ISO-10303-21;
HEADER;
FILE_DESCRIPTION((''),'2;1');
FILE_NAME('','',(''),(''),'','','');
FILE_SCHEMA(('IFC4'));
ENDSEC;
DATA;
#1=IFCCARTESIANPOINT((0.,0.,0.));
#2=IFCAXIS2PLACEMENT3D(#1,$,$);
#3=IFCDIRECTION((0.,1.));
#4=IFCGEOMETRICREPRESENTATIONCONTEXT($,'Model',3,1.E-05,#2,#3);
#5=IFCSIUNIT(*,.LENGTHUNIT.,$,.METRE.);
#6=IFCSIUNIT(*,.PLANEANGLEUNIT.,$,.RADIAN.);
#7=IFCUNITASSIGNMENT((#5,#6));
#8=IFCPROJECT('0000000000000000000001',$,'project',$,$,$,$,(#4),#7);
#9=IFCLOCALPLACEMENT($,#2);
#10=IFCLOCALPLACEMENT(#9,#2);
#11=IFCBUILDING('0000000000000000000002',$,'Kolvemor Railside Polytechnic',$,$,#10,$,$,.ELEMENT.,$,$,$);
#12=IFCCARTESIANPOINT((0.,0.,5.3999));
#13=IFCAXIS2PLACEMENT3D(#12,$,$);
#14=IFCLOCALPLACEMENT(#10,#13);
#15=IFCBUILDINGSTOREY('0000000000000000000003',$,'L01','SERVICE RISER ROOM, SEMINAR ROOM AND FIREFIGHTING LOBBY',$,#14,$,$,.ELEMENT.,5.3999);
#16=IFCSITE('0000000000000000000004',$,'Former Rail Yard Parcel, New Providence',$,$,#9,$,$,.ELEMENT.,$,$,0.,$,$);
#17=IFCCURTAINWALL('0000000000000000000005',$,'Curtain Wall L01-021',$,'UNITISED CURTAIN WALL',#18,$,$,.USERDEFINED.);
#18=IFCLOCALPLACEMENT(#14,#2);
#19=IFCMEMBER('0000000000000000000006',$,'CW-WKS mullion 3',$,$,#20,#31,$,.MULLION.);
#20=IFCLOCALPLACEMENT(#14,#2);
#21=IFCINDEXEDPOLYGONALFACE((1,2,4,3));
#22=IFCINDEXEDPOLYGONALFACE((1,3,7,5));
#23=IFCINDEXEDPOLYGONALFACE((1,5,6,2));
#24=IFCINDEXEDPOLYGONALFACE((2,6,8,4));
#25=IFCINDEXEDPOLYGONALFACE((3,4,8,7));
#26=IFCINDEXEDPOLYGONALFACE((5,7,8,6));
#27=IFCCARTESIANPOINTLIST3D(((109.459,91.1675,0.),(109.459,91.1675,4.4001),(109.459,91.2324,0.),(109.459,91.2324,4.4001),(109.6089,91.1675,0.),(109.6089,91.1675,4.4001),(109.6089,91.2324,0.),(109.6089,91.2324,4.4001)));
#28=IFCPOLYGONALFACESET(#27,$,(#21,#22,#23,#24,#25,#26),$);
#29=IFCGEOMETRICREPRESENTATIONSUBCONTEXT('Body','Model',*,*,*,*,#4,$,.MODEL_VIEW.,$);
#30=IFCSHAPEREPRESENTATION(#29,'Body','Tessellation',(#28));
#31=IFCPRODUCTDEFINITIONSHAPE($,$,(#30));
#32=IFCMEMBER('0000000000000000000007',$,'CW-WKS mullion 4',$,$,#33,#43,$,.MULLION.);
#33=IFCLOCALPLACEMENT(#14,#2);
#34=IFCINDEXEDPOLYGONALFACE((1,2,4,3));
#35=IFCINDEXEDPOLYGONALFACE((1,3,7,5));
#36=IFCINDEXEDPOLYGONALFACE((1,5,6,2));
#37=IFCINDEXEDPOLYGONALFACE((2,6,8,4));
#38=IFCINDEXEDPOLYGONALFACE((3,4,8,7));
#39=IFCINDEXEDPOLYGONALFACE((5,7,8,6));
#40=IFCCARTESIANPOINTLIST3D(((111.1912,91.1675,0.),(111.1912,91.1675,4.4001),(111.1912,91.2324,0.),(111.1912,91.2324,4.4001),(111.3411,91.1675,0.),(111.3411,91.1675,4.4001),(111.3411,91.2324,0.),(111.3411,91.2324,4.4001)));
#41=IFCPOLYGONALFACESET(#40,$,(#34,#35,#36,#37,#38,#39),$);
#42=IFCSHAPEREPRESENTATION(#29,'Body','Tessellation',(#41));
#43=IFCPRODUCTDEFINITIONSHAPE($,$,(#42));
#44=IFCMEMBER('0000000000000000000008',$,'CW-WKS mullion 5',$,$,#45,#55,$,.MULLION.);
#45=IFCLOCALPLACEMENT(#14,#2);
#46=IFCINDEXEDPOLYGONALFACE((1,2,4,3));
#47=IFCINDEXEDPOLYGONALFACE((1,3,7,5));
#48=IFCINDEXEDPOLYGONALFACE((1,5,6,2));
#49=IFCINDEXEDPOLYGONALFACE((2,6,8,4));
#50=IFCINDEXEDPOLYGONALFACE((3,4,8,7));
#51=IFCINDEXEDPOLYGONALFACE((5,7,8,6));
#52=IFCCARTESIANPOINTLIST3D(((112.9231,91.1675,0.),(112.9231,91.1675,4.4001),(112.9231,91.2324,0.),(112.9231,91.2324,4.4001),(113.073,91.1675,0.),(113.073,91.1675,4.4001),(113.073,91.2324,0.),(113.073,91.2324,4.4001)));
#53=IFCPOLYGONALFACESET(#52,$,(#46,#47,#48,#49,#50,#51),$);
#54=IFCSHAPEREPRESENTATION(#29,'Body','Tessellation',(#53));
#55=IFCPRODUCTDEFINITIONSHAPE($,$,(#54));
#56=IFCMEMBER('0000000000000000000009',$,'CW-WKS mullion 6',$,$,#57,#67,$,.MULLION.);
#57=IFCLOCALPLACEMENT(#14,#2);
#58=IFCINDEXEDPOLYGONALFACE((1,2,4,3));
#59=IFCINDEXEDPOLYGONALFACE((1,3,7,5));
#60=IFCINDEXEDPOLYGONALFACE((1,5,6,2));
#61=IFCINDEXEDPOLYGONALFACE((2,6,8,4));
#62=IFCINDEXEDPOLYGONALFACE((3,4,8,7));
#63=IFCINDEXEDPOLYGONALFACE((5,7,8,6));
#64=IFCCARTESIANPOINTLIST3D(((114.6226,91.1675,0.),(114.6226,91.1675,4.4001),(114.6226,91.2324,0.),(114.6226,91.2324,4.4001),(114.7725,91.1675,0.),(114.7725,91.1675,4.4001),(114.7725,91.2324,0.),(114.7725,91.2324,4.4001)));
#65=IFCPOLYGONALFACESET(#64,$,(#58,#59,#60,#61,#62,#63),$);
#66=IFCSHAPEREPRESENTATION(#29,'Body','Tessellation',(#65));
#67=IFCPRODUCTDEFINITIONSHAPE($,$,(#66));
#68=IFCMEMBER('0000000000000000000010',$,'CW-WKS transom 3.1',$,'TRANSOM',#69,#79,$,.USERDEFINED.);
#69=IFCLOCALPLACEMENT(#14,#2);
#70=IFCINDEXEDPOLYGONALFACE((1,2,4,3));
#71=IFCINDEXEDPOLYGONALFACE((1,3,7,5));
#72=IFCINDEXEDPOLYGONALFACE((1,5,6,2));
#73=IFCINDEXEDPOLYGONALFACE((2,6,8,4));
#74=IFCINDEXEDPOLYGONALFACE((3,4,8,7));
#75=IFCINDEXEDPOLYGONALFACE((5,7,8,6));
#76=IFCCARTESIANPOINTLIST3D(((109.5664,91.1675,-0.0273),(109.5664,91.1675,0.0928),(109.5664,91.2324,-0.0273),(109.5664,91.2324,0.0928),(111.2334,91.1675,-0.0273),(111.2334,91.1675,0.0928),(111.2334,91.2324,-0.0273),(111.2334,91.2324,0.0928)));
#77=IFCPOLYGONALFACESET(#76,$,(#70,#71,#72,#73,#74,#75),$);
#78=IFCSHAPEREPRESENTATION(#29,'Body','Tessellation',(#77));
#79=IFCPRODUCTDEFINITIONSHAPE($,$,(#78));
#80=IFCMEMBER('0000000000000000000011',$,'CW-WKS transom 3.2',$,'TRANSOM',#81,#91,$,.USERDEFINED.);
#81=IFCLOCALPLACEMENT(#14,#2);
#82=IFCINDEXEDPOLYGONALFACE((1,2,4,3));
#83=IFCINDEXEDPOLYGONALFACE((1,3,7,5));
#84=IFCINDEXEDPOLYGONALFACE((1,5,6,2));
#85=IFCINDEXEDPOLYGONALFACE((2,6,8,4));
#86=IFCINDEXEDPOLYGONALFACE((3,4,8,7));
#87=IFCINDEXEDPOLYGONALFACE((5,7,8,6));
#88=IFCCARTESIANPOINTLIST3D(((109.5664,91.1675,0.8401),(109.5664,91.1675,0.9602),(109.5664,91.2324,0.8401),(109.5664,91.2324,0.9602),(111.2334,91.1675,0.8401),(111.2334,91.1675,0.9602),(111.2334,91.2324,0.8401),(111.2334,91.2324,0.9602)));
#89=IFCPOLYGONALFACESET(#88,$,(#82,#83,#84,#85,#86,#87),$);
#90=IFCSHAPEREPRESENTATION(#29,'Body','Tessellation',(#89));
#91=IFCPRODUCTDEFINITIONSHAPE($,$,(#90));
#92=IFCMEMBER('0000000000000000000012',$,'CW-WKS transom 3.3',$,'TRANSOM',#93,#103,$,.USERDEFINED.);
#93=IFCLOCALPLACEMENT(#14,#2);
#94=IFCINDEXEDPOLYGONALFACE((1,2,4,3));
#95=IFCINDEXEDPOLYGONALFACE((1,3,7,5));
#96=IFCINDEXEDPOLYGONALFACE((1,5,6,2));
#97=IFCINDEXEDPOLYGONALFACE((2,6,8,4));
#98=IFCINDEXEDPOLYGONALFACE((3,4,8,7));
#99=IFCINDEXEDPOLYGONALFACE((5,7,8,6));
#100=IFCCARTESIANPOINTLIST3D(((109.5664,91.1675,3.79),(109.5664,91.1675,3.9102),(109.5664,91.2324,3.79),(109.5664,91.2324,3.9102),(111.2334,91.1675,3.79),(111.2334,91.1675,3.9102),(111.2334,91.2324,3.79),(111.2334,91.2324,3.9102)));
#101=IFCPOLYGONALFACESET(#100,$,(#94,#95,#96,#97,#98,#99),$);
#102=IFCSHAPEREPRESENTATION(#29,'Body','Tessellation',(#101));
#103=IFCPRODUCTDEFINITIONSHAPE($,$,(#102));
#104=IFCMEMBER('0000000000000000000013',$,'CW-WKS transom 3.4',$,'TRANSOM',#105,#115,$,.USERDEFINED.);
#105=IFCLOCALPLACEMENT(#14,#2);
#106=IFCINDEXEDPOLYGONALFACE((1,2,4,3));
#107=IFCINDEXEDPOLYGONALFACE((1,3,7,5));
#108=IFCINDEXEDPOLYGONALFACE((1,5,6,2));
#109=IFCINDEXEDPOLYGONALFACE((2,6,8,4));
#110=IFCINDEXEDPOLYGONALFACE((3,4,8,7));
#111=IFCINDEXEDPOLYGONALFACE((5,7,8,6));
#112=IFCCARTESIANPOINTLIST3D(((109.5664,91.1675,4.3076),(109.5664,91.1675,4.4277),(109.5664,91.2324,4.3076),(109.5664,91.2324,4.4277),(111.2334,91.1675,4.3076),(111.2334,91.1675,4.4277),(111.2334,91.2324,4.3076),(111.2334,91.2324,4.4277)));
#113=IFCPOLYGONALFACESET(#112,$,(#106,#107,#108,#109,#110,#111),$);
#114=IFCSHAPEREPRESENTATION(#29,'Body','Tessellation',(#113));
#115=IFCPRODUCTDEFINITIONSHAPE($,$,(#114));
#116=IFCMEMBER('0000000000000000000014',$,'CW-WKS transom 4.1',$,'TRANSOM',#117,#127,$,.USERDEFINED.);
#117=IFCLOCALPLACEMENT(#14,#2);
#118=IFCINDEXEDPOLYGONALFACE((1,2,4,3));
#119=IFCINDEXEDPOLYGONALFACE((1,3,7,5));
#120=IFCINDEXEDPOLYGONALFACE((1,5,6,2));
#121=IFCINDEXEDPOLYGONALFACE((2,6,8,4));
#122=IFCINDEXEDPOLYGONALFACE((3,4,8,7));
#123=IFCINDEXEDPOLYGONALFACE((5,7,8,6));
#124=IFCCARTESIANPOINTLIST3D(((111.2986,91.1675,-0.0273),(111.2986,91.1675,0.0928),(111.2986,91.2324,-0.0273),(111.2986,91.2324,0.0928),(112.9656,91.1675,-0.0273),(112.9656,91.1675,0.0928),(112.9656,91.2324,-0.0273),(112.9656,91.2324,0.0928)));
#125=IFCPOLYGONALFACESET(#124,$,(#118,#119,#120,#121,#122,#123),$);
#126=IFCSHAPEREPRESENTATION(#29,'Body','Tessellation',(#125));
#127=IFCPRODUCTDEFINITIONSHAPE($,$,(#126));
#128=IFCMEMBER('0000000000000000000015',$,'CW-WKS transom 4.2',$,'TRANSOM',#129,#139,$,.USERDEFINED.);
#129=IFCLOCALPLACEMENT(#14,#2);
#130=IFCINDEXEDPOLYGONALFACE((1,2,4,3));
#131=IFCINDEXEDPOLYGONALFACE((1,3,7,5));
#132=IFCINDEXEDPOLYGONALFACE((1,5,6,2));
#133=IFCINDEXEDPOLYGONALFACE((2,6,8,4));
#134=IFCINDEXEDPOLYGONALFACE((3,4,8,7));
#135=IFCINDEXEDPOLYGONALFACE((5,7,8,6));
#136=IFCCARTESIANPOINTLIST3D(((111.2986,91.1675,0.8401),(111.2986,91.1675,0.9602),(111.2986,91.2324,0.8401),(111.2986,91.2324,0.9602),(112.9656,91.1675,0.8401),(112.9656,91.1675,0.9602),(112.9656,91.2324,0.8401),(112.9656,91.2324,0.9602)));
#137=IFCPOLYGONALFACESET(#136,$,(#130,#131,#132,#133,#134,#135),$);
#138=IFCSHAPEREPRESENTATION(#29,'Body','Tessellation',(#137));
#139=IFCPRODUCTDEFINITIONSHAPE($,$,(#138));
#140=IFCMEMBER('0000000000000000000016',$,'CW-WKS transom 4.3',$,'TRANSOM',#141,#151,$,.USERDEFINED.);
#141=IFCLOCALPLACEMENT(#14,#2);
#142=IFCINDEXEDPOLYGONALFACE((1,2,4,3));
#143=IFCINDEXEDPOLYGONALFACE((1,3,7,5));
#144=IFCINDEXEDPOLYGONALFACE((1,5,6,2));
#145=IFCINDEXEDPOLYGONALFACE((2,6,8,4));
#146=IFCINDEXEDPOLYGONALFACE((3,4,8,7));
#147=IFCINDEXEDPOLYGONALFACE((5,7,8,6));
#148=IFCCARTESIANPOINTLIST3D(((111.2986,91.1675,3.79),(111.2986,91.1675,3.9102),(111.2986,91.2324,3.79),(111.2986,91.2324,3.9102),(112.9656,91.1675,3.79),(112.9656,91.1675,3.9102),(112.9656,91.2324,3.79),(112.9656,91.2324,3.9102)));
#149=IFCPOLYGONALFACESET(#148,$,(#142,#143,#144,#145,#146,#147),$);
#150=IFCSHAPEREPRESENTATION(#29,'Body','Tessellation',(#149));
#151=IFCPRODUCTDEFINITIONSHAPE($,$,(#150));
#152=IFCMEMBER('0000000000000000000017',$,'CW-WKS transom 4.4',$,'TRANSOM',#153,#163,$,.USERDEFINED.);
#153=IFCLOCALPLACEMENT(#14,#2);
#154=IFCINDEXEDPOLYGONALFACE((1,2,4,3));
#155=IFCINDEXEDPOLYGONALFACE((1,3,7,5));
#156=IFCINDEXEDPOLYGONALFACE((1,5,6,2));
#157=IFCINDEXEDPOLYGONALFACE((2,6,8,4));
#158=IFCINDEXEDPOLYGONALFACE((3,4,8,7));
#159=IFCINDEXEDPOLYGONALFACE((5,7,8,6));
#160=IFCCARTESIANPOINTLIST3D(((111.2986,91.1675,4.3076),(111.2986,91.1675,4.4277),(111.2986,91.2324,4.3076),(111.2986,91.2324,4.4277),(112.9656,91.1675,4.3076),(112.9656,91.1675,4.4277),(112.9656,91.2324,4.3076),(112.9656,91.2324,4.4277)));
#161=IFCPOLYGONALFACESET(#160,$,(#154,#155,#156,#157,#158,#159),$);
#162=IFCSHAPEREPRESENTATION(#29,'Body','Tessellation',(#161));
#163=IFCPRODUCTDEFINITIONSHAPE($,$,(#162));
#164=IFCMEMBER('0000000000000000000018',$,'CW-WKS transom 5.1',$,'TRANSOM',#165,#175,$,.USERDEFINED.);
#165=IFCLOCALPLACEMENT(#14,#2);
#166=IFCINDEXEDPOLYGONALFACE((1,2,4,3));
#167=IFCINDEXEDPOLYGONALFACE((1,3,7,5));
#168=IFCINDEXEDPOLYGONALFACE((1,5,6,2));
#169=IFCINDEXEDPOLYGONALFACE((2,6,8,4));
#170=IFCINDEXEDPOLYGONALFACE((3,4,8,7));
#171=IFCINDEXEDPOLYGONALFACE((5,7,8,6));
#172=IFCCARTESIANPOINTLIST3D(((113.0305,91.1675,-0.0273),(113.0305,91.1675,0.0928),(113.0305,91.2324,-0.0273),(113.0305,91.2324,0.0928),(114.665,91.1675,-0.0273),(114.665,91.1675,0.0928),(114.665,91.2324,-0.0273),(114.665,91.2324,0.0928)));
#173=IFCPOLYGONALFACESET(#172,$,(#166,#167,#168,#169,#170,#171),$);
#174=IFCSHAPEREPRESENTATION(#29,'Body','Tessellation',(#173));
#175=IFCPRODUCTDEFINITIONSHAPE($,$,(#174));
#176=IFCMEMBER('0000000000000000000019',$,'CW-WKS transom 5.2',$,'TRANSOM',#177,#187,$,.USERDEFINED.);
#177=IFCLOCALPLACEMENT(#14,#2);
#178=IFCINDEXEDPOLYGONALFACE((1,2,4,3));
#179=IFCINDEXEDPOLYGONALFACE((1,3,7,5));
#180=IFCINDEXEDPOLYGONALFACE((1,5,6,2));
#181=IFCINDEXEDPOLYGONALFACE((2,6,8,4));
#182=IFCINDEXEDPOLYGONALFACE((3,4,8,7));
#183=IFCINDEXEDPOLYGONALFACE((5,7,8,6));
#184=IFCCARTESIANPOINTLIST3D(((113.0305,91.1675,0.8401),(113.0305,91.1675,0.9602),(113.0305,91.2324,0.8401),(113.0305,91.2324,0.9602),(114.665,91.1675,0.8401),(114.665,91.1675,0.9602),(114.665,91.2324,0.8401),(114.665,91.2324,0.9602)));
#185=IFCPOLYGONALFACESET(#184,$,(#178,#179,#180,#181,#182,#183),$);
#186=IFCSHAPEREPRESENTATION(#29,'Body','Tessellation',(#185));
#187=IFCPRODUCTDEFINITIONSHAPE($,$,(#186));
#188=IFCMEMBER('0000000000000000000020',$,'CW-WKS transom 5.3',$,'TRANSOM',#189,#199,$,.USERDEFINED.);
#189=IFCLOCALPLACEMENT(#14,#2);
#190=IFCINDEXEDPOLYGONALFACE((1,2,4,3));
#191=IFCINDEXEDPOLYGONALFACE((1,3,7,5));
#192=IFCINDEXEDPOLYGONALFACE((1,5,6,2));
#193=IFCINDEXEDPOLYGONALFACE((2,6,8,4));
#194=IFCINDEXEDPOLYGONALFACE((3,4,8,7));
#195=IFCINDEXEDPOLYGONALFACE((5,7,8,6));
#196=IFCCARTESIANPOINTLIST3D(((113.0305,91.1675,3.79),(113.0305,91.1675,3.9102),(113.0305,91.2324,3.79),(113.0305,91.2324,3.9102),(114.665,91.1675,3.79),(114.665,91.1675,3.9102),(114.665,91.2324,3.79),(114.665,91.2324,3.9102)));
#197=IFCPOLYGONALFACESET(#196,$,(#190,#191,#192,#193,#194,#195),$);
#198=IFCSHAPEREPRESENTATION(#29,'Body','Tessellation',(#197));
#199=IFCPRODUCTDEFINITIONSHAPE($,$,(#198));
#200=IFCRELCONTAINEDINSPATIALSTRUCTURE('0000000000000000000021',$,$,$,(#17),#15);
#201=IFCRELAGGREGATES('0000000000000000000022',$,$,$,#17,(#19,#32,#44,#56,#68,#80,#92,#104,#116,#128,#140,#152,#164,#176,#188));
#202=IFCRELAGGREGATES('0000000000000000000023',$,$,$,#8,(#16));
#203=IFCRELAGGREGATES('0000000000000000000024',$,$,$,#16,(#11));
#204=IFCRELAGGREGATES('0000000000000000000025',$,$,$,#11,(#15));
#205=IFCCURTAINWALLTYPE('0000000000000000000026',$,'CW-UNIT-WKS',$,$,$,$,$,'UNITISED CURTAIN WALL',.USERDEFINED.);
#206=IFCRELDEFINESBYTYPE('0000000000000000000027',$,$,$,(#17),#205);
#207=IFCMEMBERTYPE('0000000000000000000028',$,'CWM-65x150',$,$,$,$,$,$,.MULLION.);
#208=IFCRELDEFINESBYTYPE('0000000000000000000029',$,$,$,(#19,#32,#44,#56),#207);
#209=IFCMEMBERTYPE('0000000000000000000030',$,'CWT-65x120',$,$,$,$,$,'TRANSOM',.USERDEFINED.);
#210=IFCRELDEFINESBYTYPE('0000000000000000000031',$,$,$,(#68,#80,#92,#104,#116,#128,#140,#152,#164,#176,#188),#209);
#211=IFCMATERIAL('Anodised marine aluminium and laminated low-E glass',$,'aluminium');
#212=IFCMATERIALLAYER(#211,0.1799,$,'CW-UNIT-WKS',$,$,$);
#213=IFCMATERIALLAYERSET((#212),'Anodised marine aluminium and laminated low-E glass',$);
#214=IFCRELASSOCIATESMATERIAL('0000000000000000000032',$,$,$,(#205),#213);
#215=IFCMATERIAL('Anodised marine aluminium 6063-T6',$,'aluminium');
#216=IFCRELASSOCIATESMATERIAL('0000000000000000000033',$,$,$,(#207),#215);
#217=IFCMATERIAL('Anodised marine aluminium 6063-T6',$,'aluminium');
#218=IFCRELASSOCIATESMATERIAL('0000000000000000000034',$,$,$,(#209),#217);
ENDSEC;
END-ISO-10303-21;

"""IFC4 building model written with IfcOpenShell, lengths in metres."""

from ifc_helpers import new_model, si_unit, direction, frame, origin, origin_2d, place, context, subcontext, project, spatial, rectangle, extrude, material, layer, layer_set, material_profile, profile_set, type_object, element, aggregate, save


model = new_model("IFC4")

# Units and contexts
model_context = context("Model", 3, precision=1e-05, world=origin(), true_north=direction((0.0, 1.0)))
body_context = subcontext(model_context, "Body", "Model", "MODEL_VIEW")
ifc_project = project(units=[si_unit("LENGTHUNIT", "METRE"), si_unit("PLANEANGLEUNIT", "RADIAN")], contexts=[model_context])

# Site, building, storey
site_placement = place(None, origin())
site = spatial("IfcSite", under=ifc_project, at=site_placement, Name="Former Rail Yard Parcel, New Providence", CompositionType="ELEMENT", RefElevation=0.0)
building_placement = place(site_placement, origin())
building = spatial("IfcBuilding", under=site, at=building_placement, Name="Kolvemor Railside Polytechnic", CompositionType="ELEMENT")
storey_placement = place(building_placement, frame((0.0, 0.0, 5.3999)))
storey = spatial("IfcBuildingStorey", under=building, at=storey_placement, Name="L01", Description="SERVICE RISER ROOM, SEMINAR ROOM AND FIREFIGHTING LOBBY", CompositionType="ELEMENT", Elevation=5.3999)

# Curtain wall, members
ifc_material_1 = material(Name="Anodised marine aluminium and laminated low-E glass", Category="aluminium")
ifc_layer_1 = layer(ifc_material_1, 0.1799, Name="CW-UNIT-WKS")
ifc_layer_set_1 = layer_set([ifc_layer_1], Name="Anodised marine aluminium and laminated low-E glass")
curtain_wall_type = type_object("IfcCurtainWallType", Name="CW-UNIT-WKS", ElementType="UNITISED CURTAIN WALL", PredefinedType="USERDEFINED", material=ifc_layer_set_1)
curtain_wall_placement = place(storey_placement, origin())
curtain_wall = element("IfcCurtainWall", 1, at=curtain_wall_placement, inside=storey, type_object=curtain_wall_type, Name="Curtain Wall L01-021", ObjectType="UNITISED CURTAIN WALL", PredefinedType="USERDEFINED")
ifc_material_2 = material(Name="Anodised marine aluminium 6063-T6", Category="aluminium")
ifc_material_profile_1 = material_profile(ifc_material_2, rectangle(XDim=0.0649, YDim=0.1499, at=origin_2d()), Name="CW-MUL-65x150")
ifc_profile_set_1 = profile_set([ifc_material_profile_1], Name="Anodised marine aluminium 6063-T6")
member_type_1 = type_object("IfcMemberType", Name="CWM-65x150", PredefinedType="MULLION", material=ifc_profile_set_1)
member_1_placement = place(storey_placement, frame((109.5339, 91.2, 0.0), z_axis=(0.0, 0.0, 1.0), x_axis=(0.0, 1.0, 0.0)))
member_1 = element("IfcMember", 2, at=member_1_placement, type_object=member_type_1, Name="CW-WKS mullion 3", PredefinedType="MULLION", context=body_context, shape_type="SweptSolid", body=[
    extrude(rectangle(XDim=0.0649, YDim=0.1499, at=origin_2d()), origin(), (0.0, 0.0, 1.0), 4.4001),
])
member_2_placement = place(storey_placement, frame((111.2661, 91.2, 0.0), z_axis=(0.0, 0.0, 1.0), x_axis=(0.0, 1.0, 0.0)))
member_2 = element("IfcMember", 3, at=member_2_placement, type_object=member_type_1, Name="CW-WKS mullion 4", PredefinedType="MULLION", context=body_context, shape_type="SweptSolid", body=[
    extrude(rectangle(XDim=0.0649, YDim=0.1499, at=origin_2d()), origin(), (0.0, 0.0, 1.0), 4.4001),
])
member_3_placement = place(storey_placement, frame((112.998, 91.2, 0.0), z_axis=(0.0, 0.0, 1.0), x_axis=(0.0, 1.0, 0.0)))
member_3 = element("IfcMember", 4, at=member_3_placement, type_object=member_type_1, Name="CW-WKS mullion 5", PredefinedType="MULLION", context=body_context, shape_type="SweptSolid", body=[
    extrude(rectangle(XDim=0.0649, YDim=0.1499, at=origin_2d()), origin(), (0.0, 0.0, 1.0), 4.4001),
])
member_4_placement = place(storey_placement, frame((114.6975, 91.2, 0.0), z_axis=(0.0, 0.0, 1.0), x_axis=(0.0, 1.0, 0.0)))
member_4 = element("IfcMember", 5, at=member_4_placement, type_object=member_type_1, Name="CW-WKS mullion 6", PredefinedType="MULLION", context=body_context, shape_type="SweptSolid", body=[
    extrude(rectangle(XDim=0.0649, YDim=0.1499, at=origin_2d()), origin(), (0.0, 0.0, 1.0), 4.4001),
])
ifc_material_3 = material(Name="Anodised marine aluminium 6063-T6", Category="aluminium")
ifc_material_profile_2 = material_profile(ifc_material_3, rectangle(XDim=0.0649, YDim=0.1201, at=origin_2d()), Name="CW-TRN-65x120")
ifc_profile_set_2 = profile_set([ifc_material_profile_2], Name="Anodised marine aluminium 6063-T6")
member_type_2 = type_object("IfcMemberType", Name="CWT-65x120", ElementType="TRANSOM", PredefinedType="USERDEFINED", material=ifc_profile_set_2)
member_5_placement = place(storey_placement, frame((109.5664, 91.2, 0.0327), z_axis=(1.0, 0.0, 0.0), x_axis=(0.0, 1.0, 0.0)))
member_5 = element("IfcMember", 6, at=member_5_placement, type_object=member_type_2, Name="CW-WKS transom 3.1", ObjectType="TRANSOM", PredefinedType="USERDEFINED", context=body_context, shape_type="SweptSolid", body=[
    extrude(rectangle(XDim=0.0649, YDim=0.1201, at=origin_2d()), origin(), (0.0, 0.0, 1.0), 1.667),
])
member_6_placement = place(storey_placement, frame((109.5664, 91.2, 0.9001), z_axis=(1.0, 0.0, 0.0), x_axis=(0.0, 1.0, 0.0)))
member_6 = element("IfcMember", 7, at=member_6_placement, type_object=member_type_2, Name="CW-WKS transom 3.2", ObjectType="TRANSOM", PredefinedType="USERDEFINED", context=body_context, shape_type="SweptSolid", body=[
    extrude(rectangle(XDim=0.0649, YDim=0.1201, at=origin_2d()), origin(), (0.0, 0.0, 1.0), 1.667),
])
member_7_placement = place(storey_placement, frame((109.5664, 91.2, 3.8501), z_axis=(1.0, 0.0, 0.0), x_axis=(0.0, 1.0, 0.0)))
member_7 = element("IfcMember", 8, at=member_7_placement, type_object=member_type_2, Name="CW-WKS transom 3.3", ObjectType="TRANSOM", PredefinedType="USERDEFINED", context=body_context, shape_type="SweptSolid", body=[
    extrude(rectangle(XDim=0.0649, YDim=0.1201, at=origin_2d()), origin(), (0.0, 0.0, 1.0), 1.667),
])
member_8_placement = place(storey_placement, frame((109.5664, 91.2, 4.3677), z_axis=(1.0, 0.0, 0.0), x_axis=(0.0, 1.0, 0.0)))
member_8 = element("IfcMember", 9, at=member_8_placement, type_object=member_type_2, Name="CW-WKS transom 3.4", ObjectType="TRANSOM", PredefinedType="USERDEFINED", context=body_context, shape_type="SweptSolid", body=[
    extrude(rectangle(XDim=0.0649, YDim=0.1201, at=origin_2d()), origin(), (0.0, 0.0, 1.0), 1.667),
])
member_9_placement = place(storey_placement, frame((111.2986, 91.2, 0.0327), z_axis=(1.0, 0.0, 0.0), x_axis=(0.0, 1.0, 0.0)))
member_9 = element("IfcMember", 10, at=member_9_placement, type_object=member_type_2, Name="CW-WKS transom 4.1", ObjectType="TRANSOM", PredefinedType="USERDEFINED", context=body_context, shape_type="SweptSolid", body=[
    extrude(rectangle(XDim=0.0649, YDim=0.1201, at=origin_2d()), origin(), (0.0, 0.0, 1.0), 1.667),
])
member_10_placement = place(storey_placement, frame((111.2986, 91.2, 0.9001), z_axis=(1.0, 0.0, 0.0), x_axis=(0.0, 1.0, 0.0)))
member_10 = element("IfcMember", 11, at=member_10_placement, type_object=member_type_2, Name="CW-WKS transom 4.2", ObjectType="TRANSOM", PredefinedType="USERDEFINED", context=body_context, shape_type="SweptSolid", body=[
    extrude(rectangle(XDim=0.0649, YDim=0.1201, at=origin_2d()), origin(), (0.0, 0.0, 1.0), 1.667),
])
member_11_placement = place(storey_placement, frame((111.2986, 91.2, 3.8501), z_axis=(1.0, 0.0, 0.0), x_axis=(0.0, 1.0, 0.0)))
member_11 = element("IfcMember", 12, at=member_11_placement, type_object=member_type_2, Name="CW-WKS transom 4.3", ObjectType="TRANSOM", PredefinedType="USERDEFINED", context=body_context, shape_type="SweptSolid", body=[
    extrude(rectangle(XDim=0.0649, YDim=0.1201, at=origin_2d()), origin(), (0.0, 0.0, 1.0), 1.667),
])
member_12_placement = place(storey_placement, frame((111.2986, 91.2, 4.3677), z_axis=(1.0, 0.0, 0.0), x_axis=(0.0, 1.0, 0.0)))
member_12 = element("IfcMember", 13, at=member_12_placement, type_object=member_type_2, Name="CW-WKS transom 4.4", ObjectType="TRANSOM", PredefinedType="USERDEFINED", context=body_context, shape_type="SweptSolid", body=[
    extrude(rectangle(XDim=0.0649, YDim=0.1201, at=origin_2d()), origin(), (0.0, 0.0, 1.0), 1.667),
])
member_13_placement = place(storey_placement, frame((113.0305, 91.2, 0.0327), z_axis=(1.0, 0.0, 0.0), x_axis=(0.0, 1.0, 0.0)))
member_13 = element("IfcMember", 14, at=member_13_placement, type_object=member_type_2, Name="CW-WKS transom 5.1", ObjectType="TRANSOM", PredefinedType="USERDEFINED", context=body_context, shape_type="SweptSolid", body=[
    extrude(rectangle(XDim=0.0649, YDim=0.1201, at=origin_2d()), origin(), (0.0, 0.0, 1.0), 1.6345),
])
member_14_placement = place(storey_placement, frame((113.0305, 91.2, 0.9001), z_axis=(1.0, 0.0, 0.0), x_axis=(0.0, 1.0, 0.0)))
member_14 = element("IfcMember", 15, at=member_14_placement, type_object=member_type_2, Name="CW-WKS transom 5.2", ObjectType="TRANSOM", PredefinedType="USERDEFINED", context=body_context, shape_type="SweptSolid", body=[
    extrude(rectangle(XDim=0.0649, YDim=0.1201, at=origin_2d()), origin(), (0.0, 0.0, 1.0), 1.6345),
])
member_15_placement = place(storey_placement, frame((113.0305, 91.2, 3.8501), z_axis=(1.0, 0.0, 0.0), x_axis=(0.0, 1.0, 0.0)))
member_15 = element("IfcMember", 16, at=member_15_placement, type_object=member_type_2, Name="CW-WKS transom 5.3", ObjectType="TRANSOM", PredefinedType="USERDEFINED", context=body_context, shape_type="SweptSolid", body=[
    extrude(rectangle(XDim=0.0649, YDim=0.1201, at=origin_2d()), origin(), (0.0, 0.0, 1.0), 1.6345),
])
aggregate(curtain_wall, [member_1, member_2, member_3, member_4, member_5, member_6, member_7, member_8, member_9, member_10, member_11, member_12, member_13, member_14, member_15])

save(model, "model.ifc")
